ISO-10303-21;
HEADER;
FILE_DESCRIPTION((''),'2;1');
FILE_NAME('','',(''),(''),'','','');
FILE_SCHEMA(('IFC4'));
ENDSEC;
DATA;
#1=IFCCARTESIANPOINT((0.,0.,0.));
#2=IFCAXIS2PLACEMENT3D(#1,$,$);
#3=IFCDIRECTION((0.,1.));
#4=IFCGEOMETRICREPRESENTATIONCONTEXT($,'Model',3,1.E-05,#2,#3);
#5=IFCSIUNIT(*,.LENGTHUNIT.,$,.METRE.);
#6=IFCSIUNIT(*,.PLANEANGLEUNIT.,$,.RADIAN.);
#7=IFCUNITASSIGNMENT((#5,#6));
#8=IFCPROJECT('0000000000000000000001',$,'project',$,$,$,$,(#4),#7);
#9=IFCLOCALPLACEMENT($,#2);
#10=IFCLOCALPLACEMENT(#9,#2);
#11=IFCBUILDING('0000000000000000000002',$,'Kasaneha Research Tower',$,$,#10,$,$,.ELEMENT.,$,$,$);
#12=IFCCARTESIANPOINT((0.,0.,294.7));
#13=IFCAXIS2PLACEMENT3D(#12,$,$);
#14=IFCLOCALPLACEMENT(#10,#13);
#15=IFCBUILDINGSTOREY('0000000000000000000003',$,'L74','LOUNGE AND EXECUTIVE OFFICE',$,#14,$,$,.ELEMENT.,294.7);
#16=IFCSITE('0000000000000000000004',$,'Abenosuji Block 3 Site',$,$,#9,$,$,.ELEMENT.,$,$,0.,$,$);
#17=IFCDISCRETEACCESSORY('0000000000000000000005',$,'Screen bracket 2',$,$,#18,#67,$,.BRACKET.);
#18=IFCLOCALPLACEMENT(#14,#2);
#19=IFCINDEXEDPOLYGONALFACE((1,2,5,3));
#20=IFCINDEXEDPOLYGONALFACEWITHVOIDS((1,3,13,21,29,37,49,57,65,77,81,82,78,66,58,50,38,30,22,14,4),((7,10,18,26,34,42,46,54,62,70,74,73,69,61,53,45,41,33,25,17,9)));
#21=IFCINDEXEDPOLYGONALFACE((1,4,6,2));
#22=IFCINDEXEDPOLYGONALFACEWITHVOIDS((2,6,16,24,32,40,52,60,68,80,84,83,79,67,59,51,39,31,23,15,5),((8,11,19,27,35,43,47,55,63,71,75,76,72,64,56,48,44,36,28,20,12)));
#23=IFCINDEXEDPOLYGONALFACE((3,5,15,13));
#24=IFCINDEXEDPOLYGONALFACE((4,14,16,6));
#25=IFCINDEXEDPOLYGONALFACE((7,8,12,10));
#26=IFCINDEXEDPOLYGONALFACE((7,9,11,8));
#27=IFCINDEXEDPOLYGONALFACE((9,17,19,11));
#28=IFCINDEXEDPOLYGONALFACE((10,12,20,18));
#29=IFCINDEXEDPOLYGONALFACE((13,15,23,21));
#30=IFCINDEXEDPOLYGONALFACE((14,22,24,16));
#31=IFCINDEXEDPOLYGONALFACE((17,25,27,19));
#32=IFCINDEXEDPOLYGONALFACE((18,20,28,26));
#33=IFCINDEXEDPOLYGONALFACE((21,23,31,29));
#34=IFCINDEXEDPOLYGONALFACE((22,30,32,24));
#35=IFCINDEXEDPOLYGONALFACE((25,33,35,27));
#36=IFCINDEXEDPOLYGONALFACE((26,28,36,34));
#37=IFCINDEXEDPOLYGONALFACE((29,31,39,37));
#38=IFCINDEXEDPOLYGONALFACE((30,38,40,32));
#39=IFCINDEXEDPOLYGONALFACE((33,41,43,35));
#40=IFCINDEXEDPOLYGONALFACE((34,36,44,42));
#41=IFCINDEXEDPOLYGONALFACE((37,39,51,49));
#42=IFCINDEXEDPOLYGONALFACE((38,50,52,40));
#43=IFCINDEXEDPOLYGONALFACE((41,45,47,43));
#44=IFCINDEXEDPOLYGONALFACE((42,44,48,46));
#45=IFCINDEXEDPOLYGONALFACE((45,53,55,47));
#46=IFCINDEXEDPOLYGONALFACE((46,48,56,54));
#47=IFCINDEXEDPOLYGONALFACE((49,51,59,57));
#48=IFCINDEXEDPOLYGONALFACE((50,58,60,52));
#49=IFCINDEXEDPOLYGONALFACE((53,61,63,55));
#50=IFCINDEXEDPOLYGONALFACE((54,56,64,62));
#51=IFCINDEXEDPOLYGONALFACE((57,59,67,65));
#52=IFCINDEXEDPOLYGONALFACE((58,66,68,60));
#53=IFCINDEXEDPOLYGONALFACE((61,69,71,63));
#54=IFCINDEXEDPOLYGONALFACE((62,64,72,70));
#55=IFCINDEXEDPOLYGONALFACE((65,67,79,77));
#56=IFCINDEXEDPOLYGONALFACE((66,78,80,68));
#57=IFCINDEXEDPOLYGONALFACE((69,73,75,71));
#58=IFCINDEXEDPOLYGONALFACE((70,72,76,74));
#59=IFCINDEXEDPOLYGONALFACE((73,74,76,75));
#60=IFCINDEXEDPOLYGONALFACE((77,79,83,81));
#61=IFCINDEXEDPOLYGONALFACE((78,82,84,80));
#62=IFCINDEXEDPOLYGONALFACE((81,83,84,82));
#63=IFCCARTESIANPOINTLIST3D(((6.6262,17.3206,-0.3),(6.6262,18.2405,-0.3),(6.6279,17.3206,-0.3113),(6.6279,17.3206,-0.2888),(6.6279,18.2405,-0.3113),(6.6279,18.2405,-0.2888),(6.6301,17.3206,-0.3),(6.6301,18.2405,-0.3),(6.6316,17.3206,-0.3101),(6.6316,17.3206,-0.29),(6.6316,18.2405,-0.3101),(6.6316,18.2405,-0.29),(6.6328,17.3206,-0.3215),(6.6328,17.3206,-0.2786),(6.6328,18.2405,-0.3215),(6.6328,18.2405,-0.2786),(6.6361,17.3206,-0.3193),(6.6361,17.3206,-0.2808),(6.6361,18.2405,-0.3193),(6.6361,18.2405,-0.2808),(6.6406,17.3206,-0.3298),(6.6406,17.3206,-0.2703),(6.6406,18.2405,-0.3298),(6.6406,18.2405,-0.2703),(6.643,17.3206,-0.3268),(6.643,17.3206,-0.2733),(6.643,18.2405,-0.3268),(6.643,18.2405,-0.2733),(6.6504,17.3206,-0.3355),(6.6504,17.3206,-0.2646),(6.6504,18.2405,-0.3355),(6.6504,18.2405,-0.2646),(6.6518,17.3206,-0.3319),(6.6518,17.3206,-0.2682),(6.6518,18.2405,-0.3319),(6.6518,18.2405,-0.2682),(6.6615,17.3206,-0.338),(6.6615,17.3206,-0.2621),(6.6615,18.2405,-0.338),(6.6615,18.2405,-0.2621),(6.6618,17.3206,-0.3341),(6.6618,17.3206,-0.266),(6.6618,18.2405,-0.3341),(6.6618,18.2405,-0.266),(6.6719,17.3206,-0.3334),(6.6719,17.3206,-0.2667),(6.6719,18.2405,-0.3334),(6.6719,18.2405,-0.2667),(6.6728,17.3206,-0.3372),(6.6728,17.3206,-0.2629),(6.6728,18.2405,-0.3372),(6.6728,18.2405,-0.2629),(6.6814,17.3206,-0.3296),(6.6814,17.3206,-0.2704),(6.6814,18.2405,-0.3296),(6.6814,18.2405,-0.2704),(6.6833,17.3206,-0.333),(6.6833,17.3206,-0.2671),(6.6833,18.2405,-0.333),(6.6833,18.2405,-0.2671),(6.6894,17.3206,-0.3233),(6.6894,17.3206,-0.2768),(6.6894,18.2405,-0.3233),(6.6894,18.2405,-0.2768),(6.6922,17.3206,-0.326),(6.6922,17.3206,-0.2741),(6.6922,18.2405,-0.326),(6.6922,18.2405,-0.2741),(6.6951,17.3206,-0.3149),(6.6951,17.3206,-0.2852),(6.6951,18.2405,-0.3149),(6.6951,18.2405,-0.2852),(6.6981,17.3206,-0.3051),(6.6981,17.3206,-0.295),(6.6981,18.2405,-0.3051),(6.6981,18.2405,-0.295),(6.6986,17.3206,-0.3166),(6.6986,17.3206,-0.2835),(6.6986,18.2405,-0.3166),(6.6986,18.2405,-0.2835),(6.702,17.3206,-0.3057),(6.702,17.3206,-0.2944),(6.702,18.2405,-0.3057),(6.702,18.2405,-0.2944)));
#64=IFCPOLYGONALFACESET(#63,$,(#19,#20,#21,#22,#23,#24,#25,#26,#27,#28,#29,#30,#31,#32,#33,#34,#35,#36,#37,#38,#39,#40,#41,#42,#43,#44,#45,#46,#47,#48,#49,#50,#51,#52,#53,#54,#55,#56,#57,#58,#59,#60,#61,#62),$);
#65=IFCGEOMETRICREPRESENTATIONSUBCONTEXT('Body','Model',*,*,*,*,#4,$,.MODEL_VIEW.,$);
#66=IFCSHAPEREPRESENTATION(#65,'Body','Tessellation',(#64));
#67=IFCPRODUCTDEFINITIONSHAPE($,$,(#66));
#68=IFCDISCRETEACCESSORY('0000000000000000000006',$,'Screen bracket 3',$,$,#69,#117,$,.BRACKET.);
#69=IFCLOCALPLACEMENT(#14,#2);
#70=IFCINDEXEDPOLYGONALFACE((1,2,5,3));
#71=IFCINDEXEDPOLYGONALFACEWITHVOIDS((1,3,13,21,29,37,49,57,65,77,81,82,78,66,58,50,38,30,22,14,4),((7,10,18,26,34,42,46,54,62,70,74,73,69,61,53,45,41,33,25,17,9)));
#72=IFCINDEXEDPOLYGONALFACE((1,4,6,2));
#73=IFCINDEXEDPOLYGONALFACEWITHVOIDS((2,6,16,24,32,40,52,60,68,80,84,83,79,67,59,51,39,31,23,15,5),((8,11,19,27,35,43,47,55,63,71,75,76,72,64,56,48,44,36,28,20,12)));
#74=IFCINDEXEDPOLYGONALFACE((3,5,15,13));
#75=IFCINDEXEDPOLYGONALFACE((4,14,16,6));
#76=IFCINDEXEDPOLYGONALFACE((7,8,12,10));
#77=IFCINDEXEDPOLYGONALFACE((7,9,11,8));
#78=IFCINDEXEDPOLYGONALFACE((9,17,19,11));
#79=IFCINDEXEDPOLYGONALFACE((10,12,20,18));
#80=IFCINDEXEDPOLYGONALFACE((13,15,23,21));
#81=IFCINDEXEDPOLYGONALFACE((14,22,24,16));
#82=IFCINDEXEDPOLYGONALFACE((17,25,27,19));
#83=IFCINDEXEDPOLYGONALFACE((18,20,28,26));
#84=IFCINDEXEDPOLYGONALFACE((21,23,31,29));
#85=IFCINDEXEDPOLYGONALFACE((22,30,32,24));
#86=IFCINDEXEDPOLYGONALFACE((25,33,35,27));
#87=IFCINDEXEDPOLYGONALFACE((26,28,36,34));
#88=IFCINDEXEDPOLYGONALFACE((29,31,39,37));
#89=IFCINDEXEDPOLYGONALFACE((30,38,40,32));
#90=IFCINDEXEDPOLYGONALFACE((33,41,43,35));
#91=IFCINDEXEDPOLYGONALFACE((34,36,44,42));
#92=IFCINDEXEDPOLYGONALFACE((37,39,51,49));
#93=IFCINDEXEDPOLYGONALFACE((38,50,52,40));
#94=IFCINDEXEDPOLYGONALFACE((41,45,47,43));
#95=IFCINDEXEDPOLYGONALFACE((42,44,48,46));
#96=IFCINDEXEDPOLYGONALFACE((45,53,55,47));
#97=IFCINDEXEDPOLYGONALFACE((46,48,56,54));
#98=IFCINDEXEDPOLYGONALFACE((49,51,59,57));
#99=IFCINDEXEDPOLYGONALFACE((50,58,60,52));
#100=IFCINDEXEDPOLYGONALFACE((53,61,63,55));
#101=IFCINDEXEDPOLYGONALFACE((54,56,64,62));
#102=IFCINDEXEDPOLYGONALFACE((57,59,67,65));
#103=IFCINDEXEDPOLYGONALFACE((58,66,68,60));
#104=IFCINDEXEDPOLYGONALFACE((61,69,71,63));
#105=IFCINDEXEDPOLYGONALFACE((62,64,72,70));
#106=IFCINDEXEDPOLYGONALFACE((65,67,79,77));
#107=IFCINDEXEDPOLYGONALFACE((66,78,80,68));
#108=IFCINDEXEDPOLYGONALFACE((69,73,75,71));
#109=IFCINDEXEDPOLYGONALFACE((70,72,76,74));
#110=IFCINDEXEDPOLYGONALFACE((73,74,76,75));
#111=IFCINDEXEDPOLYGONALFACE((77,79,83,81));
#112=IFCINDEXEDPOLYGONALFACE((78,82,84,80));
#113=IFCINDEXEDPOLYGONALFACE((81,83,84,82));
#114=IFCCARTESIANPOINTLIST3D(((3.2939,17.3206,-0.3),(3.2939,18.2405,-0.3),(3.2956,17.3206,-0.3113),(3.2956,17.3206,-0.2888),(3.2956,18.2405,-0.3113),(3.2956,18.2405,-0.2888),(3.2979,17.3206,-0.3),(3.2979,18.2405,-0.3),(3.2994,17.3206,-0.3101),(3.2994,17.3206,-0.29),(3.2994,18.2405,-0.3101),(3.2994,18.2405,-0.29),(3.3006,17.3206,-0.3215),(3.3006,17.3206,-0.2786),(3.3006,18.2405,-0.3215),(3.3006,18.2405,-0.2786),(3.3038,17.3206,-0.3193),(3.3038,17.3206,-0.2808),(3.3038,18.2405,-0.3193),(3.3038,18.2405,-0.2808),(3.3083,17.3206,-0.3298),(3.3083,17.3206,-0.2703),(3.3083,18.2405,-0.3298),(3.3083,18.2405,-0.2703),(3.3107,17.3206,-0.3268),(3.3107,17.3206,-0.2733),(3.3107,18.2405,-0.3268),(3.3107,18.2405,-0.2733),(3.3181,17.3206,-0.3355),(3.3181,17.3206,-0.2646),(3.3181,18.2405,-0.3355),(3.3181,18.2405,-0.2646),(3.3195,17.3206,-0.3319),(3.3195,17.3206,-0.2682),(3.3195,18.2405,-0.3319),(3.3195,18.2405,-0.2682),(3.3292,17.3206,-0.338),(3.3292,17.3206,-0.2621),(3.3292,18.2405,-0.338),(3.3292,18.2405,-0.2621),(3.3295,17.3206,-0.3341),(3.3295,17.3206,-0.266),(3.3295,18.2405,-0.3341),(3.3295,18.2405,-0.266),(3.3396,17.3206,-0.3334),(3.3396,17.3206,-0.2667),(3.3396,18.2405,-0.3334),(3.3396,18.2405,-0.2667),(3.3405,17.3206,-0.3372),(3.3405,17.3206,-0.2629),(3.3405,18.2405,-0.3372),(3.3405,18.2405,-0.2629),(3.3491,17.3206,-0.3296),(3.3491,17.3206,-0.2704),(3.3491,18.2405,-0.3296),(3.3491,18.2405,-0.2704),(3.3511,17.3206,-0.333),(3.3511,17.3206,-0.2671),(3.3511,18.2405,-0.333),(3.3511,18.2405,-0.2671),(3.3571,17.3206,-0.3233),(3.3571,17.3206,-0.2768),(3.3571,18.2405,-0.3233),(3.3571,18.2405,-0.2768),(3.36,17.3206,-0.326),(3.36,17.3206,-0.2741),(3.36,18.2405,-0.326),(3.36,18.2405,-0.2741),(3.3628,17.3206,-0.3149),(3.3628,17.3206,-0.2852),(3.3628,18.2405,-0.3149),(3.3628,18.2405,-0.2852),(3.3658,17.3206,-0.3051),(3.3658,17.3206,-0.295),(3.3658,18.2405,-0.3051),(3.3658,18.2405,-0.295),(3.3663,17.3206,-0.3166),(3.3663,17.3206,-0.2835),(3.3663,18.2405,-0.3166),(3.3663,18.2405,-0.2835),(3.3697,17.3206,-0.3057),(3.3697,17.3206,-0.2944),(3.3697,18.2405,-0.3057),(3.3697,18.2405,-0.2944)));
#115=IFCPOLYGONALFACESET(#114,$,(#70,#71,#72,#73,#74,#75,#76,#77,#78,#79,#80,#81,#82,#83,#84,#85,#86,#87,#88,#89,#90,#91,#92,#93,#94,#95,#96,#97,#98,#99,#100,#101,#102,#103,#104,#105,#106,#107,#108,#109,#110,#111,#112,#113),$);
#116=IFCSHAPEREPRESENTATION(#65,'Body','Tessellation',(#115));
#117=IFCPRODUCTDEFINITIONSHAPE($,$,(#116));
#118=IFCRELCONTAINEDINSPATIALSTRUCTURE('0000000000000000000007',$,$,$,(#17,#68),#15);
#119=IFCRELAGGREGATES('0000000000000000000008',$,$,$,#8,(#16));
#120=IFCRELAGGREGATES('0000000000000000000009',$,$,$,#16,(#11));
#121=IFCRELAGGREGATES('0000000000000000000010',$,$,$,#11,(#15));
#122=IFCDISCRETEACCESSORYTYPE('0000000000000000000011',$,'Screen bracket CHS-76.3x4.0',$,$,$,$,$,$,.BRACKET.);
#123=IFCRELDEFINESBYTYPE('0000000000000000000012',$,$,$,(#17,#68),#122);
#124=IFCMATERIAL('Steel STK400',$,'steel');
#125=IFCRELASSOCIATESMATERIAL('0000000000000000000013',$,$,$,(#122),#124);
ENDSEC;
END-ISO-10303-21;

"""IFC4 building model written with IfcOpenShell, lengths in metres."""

from ifc_helpers import new_model, si_unit, direction, frame, origin, origin_2d, place, context, subcontext, project, spatial, hollow_circle, extrude, material, material_profile, profile_set, type_object, element, save


model = new_model("IFC4")

# Units and contexts
model_context = context("Model", 3, precision=1e-05, world=origin(), true_north=direction((0.0, 1.0)))
body_context = subcontext(model_context, "Body", "Model", "MODEL_VIEW")
ifc_project = project(units=[si_unit("LENGTHUNIT", "METRE"), si_unit("PLANEANGLEUNIT", "RADIAN")], contexts=[model_context])

# Site, building, storey
site_placement = place(None, origin())
site = spatial("IfcSite", under=ifc_project, at=site_placement, Name="Abenosuji Block 3 Site", CompositionType="ELEMENT", RefElevation=0.0)
building_placement = place(site_placement, origin())
building = spatial("IfcBuilding", under=site, at=building_placement, Name="Kasaneha Research Tower", CompositionType="ELEMENT")
storey_placement = place(building_placement, frame((0.0, 0.0, 294.7)))
storey = spatial("IfcBuildingStorey", under=building, at=storey_placement, Name="L74", Description="LOUNGE AND EXECUTIVE OFFICE", CompositionType="ELEMENT", Elevation=294.7)

# Discrete accessories
ifc_material_1 = material(Name="Steel STK400", Category="steel")
ifc_material_profile_1 = material_profile(ifc_material_1, hollow_circle(Radius=0.0381, WallThickness=0.0039, at=origin_2d()), Name="CHS-76.3x4.0")
ifc_profile_set_1 = profile_set([ifc_material_profile_1], Name="Steel STK400")
discrete_accessory_type = type_object("IfcDiscreteAccessoryType", Name="Screen bracket CHS-76.3x4.0", PredefinedType="BRACKET", material=ifc_profile_set_1)
for number, where, z_axis, x_axis, name in (
    (1, (6.6643, 17.3206, -0.3), (0.0, 1.0, 0.0), (-1.0, 0.0, 0.0), "Screen bracket 2"),
    (2, (3.332, 17.3206, -0.3), (0.0, 1.0, 0.0), (-1.0, 0.0, 0.0), "Screen bracket 3"),
):
    element("IfcDiscreteAccessory", number, at=place(storey_placement, frame(where, z_axis=z_axis, x_axis=x_axis)), inside=storey, type_object=discrete_accessory_type, Name=name, PredefinedType="BRACKET", context=body_context, shape_type="SweptSolid", body=[
        extrude(hollow_circle(Radius=0.0381, WallThickness=0.0039, at=origin_2d()), origin(), (0.0, 0.0, 1.0), 0.9199),
    ])

save(model, "model.ifc")
